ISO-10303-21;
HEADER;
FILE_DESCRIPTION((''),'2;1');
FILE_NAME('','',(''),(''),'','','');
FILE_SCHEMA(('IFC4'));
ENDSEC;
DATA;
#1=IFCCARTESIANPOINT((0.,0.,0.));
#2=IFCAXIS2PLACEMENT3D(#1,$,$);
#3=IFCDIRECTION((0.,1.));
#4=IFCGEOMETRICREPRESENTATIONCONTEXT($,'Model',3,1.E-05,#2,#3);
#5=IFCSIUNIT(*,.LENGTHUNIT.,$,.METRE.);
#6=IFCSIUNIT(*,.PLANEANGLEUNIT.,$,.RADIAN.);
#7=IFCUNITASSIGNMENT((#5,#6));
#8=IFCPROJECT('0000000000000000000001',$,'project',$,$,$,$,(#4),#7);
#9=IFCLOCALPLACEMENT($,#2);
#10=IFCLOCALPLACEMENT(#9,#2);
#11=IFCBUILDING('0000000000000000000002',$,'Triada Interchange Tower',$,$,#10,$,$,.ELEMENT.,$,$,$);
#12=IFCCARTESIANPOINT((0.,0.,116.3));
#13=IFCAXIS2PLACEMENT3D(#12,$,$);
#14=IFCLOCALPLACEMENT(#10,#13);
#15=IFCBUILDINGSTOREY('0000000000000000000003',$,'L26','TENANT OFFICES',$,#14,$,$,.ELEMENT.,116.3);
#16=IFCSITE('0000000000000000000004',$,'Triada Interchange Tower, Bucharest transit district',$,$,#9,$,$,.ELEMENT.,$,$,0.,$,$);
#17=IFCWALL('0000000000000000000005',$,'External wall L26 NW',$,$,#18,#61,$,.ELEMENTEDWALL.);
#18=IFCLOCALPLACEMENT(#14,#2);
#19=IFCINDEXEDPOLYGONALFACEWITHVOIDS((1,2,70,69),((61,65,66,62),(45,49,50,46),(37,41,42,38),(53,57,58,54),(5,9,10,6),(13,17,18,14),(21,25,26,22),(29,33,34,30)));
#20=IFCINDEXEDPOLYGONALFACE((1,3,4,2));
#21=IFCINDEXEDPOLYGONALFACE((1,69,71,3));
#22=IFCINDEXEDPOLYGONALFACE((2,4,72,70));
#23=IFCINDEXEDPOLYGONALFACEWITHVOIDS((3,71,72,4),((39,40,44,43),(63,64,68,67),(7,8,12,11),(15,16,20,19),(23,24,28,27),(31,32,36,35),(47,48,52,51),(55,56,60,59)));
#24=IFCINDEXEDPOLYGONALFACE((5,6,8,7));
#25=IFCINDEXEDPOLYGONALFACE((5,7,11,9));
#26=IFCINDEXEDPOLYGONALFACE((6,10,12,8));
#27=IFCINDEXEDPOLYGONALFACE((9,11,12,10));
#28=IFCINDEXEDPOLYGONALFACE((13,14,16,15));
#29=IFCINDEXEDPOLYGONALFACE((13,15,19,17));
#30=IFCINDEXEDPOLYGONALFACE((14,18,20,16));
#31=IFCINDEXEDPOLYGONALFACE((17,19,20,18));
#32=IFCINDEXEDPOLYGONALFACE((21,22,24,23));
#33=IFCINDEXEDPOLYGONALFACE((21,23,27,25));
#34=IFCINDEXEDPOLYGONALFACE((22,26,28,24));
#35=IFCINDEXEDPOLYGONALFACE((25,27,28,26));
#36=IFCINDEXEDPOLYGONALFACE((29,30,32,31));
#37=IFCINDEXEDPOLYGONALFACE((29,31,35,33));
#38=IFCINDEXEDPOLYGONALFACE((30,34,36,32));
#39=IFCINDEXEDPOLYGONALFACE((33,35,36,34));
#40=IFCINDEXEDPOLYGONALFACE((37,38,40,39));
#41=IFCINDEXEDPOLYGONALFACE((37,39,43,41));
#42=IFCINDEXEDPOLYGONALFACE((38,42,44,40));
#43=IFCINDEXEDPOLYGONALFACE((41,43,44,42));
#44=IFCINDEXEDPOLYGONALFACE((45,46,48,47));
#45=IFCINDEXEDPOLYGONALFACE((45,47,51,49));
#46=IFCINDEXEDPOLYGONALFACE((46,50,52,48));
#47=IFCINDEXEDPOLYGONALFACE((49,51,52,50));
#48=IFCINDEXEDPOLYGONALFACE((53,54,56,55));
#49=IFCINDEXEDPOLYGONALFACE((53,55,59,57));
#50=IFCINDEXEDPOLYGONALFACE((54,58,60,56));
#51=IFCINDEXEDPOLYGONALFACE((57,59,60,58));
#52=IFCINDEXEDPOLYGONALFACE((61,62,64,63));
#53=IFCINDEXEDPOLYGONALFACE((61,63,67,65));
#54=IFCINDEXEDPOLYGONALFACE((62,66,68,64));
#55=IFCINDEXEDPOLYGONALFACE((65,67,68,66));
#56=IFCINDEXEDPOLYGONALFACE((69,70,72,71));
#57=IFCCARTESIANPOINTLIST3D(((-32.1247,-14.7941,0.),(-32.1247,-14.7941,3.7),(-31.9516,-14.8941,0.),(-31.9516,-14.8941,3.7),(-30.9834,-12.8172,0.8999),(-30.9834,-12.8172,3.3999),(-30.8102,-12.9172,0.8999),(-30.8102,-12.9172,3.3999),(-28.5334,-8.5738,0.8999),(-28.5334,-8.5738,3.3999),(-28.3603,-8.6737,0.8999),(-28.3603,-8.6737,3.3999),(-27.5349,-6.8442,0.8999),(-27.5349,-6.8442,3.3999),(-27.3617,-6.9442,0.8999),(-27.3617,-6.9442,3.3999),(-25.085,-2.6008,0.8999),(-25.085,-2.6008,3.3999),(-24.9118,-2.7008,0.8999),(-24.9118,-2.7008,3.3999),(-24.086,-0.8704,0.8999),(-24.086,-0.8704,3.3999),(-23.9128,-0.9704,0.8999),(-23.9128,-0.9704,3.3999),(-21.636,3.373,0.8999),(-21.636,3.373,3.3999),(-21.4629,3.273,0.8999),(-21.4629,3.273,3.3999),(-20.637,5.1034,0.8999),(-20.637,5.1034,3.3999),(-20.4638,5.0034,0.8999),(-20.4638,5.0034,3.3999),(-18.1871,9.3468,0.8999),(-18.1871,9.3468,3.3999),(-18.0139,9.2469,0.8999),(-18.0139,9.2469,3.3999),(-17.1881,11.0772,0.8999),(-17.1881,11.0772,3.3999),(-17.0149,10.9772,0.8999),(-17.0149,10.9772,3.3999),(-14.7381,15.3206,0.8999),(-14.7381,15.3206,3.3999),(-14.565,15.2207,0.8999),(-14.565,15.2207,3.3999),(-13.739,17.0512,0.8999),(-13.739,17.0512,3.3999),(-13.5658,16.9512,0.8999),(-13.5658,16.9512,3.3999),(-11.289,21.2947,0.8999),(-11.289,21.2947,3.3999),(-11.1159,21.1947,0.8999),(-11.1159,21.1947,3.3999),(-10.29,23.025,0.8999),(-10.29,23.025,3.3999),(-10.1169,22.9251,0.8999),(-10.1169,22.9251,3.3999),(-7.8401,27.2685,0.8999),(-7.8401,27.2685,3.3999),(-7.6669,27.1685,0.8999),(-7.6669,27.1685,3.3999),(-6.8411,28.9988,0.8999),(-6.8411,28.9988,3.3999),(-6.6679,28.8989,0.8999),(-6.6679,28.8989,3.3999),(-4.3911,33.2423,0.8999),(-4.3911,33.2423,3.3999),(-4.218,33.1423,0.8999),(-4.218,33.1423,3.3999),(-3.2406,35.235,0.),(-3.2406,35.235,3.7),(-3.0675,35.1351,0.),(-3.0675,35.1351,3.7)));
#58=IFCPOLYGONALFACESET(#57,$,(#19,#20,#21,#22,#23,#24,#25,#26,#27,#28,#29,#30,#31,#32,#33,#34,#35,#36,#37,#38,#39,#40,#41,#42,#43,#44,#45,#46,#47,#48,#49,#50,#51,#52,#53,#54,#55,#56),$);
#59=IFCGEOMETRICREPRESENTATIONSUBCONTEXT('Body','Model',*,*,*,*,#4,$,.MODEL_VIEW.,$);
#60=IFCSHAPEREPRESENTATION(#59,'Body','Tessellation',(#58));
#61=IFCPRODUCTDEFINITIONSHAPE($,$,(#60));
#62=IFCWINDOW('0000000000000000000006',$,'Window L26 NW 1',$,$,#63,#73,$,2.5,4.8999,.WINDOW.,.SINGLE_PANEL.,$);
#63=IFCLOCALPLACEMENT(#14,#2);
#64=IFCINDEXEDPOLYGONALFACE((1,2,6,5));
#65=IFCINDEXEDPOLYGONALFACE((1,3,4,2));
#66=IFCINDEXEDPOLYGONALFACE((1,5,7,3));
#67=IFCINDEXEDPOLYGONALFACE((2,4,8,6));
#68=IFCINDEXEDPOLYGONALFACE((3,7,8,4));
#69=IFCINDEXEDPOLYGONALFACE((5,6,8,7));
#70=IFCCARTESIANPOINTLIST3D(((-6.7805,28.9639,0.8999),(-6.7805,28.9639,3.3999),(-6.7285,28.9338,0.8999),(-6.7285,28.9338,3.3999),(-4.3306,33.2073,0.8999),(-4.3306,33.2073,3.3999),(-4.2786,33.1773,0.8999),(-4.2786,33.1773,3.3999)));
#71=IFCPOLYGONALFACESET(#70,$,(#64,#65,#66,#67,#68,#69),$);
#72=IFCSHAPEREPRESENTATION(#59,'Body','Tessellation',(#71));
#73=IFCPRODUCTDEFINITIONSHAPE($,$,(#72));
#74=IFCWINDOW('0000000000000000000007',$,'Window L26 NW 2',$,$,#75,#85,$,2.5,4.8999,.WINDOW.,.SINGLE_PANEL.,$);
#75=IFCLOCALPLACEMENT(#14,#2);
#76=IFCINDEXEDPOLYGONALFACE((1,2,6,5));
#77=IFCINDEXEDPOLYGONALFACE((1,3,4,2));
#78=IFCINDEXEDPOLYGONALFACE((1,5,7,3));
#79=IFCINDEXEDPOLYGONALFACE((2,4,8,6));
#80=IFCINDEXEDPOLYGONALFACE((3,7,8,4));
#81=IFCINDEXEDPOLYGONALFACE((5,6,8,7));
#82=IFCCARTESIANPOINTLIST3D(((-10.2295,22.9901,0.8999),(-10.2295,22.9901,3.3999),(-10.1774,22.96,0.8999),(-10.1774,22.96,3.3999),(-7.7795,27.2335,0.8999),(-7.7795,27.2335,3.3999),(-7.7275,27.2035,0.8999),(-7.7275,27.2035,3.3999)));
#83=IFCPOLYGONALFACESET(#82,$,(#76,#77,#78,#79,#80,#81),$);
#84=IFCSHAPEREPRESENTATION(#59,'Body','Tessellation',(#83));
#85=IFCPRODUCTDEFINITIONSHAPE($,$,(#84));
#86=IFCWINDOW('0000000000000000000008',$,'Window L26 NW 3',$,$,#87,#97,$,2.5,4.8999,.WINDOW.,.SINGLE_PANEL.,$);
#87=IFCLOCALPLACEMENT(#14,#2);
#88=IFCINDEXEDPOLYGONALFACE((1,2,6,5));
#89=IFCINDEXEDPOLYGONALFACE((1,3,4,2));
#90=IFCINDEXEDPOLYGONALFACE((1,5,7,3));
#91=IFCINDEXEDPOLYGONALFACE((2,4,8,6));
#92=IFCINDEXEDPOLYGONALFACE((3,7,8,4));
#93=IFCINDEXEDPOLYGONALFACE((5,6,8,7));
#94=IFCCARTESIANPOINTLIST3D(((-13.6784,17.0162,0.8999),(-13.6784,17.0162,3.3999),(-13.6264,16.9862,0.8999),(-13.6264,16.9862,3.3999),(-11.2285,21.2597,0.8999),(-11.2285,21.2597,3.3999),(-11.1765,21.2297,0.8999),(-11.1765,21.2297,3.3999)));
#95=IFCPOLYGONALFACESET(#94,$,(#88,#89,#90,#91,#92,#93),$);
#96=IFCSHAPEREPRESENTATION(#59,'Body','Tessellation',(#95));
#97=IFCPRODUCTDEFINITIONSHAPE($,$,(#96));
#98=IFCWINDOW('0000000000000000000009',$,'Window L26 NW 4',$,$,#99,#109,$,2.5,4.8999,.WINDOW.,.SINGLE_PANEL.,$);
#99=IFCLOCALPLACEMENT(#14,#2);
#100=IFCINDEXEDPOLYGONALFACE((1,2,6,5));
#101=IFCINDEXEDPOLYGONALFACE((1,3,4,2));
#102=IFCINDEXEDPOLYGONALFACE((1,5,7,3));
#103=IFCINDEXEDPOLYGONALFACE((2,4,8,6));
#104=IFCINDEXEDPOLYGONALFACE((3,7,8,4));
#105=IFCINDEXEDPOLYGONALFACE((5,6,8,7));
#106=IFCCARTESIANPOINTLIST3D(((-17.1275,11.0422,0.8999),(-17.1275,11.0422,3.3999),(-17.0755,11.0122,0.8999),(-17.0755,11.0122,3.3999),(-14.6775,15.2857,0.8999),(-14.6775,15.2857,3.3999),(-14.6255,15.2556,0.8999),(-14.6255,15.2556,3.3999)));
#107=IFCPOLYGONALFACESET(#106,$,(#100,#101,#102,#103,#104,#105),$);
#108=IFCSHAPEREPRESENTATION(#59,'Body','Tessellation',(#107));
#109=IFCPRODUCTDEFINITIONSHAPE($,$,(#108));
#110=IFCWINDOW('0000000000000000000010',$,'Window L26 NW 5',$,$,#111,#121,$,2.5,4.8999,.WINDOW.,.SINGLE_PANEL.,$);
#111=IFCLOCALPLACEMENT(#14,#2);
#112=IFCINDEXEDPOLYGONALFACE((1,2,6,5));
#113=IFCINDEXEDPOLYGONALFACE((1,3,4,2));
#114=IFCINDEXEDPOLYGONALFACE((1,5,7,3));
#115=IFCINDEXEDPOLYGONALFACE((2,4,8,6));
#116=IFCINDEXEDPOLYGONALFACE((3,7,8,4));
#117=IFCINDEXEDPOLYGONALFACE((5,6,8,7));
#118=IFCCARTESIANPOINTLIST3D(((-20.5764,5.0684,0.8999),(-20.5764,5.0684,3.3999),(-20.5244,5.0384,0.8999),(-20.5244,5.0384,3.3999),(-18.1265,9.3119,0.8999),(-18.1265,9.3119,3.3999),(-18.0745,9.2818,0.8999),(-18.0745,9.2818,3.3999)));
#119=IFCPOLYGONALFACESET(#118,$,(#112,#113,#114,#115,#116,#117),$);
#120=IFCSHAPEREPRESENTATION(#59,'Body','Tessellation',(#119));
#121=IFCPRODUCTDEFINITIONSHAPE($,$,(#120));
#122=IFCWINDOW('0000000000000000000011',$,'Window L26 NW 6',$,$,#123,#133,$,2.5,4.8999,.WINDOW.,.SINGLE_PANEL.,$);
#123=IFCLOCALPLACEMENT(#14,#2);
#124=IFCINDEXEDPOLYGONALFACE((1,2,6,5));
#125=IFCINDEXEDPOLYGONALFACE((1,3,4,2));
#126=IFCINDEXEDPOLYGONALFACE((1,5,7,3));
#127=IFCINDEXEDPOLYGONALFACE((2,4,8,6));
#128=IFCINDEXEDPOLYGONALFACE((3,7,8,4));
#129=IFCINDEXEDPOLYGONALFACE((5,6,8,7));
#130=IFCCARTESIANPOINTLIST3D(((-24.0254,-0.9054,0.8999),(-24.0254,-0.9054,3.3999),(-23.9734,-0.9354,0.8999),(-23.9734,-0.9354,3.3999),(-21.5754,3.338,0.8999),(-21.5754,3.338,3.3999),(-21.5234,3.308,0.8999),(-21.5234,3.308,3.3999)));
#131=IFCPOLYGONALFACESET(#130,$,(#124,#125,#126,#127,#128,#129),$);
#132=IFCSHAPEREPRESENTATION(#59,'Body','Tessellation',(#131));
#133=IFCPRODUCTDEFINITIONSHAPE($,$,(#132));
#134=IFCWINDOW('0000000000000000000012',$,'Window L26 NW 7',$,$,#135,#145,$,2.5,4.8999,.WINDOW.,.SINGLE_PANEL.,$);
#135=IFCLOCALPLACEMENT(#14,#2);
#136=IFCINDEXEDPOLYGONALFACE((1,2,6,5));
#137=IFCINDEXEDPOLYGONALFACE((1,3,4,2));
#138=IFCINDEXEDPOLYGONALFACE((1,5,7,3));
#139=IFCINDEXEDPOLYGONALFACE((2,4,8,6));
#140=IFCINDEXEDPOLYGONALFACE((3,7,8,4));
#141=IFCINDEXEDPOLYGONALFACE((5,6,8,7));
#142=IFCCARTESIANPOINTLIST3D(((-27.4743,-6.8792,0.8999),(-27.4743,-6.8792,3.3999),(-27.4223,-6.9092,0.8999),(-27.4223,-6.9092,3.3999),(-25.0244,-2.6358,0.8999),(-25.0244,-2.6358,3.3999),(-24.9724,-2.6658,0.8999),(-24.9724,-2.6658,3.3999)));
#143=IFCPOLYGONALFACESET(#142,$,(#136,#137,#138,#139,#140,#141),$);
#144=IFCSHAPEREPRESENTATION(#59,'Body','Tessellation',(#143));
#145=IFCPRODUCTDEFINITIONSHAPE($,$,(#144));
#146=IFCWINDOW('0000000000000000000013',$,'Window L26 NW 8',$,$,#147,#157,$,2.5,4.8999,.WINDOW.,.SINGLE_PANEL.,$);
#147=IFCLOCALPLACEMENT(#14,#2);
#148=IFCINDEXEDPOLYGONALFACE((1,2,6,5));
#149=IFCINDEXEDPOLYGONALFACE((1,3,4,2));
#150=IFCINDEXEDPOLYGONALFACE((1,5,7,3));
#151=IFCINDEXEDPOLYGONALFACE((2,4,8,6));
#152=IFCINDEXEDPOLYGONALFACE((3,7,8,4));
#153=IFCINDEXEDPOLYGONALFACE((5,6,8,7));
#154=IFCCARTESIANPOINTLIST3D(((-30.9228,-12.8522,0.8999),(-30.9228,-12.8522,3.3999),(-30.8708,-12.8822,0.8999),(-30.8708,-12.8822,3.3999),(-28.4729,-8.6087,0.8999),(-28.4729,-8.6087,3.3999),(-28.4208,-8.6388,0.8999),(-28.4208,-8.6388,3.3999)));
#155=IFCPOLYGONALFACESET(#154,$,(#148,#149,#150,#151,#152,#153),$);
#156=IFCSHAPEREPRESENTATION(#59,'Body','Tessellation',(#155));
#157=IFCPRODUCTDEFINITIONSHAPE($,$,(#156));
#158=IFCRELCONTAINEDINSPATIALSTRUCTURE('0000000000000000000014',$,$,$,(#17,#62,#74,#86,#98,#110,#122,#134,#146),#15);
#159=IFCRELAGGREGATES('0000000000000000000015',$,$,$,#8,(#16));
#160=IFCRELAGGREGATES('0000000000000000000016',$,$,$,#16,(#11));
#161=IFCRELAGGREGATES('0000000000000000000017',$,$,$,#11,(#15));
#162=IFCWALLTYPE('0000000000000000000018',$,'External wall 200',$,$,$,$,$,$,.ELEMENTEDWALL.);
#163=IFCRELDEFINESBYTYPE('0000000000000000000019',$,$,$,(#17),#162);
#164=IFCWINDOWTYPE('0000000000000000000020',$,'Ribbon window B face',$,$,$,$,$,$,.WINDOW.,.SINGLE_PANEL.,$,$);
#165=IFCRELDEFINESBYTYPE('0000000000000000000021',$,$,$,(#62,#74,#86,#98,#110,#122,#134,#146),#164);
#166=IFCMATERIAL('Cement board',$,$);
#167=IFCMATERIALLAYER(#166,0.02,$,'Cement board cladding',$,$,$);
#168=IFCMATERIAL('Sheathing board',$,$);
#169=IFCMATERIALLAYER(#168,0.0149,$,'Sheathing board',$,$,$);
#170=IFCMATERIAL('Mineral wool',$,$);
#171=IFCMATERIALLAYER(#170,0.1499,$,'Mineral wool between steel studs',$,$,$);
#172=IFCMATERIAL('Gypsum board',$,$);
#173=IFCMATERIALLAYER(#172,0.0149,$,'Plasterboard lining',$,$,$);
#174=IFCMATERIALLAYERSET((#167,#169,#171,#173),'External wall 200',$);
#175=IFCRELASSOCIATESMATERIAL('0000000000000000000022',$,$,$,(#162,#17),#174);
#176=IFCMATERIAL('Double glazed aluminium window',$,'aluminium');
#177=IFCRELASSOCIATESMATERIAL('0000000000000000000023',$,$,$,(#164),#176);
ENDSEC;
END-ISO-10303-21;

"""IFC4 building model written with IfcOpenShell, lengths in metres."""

from ifc_helpers import new_model, si_unit, direction, frame, frame_2d, origin, place, context, subcontext, project, spatial, rectangle, extrude, material, layer, layer_set, layer_usage, type_object, element, fill, save


model = new_model("IFC4")

# Units and contexts
model_context = context("Model", 3, precision=1e-05, world=origin(), true_north=direction((0.0, 1.0)))
body_context = subcontext(model_context, "Body", "Model", "MODEL_VIEW")
ifc_project = project(units=[si_unit("LENGTHUNIT", "METRE"), si_unit("PLANEANGLEUNIT", "RADIAN")], contexts=[model_context])

# Site, building, storey
site_placement = place(None, origin())
site = spatial("IfcSite", under=ifc_project, at=site_placement, Name="Triada Interchange Tower, Bucharest transit district", CompositionType="ELEMENT", RefElevation=0.0)
building_placement = place(site_placement, origin())
building = spatial("IfcBuilding", under=site, at=building_placement, Name="Triada Interchange Tower", CompositionType="ELEMENT")
storey_placement = place(building_placement, frame((0.0, 0.0, 116.3)))
storey = spatial("IfcBuildingStorey", under=building, at=storey_placement, Name="L26", Description="TENANT OFFICES", CompositionType="ELEMENT", Elevation=116.3)

# Wall, openings, windows
ifc_material_1 = material(Name="Cement board")
ifc_layer_1 = layer(ifc_material_1, 0.02, Name="Cement board cladding")
ifc_material_2 = material(Name="Sheathing board")
ifc_layer_2 = layer(ifc_material_2, 0.0149, Name="Sheathing board")
ifc_material_3 = material(Name="Mineral wool")
ifc_layer_3 = layer(ifc_material_3, 0.1499, Name="Mineral wool between steel studs")
ifc_material_4 = material(Name="Gypsum board")
ifc_layer_4 = layer(ifc_material_4, 0.0149, Name="Plasterboard lining")
ifc_layer_set_1 = layer_set([ifc_layer_1, ifc_layer_2, ifc_layer_3, ifc_layer_4], Name="External wall 200")
ifc_layer_usage = layer_usage(ifc_layer_set_1, "AXIS2", "POSITIVE", -0.1001)
wall_type_1 = type_object("IfcWallType", Name="External wall 200", PredefinedType="ELEMENTEDWALL", material=ifc_layer_set_1)
wall_1_placement = place(storey_placement, frame((-3.1541, 35.1851, 0.0), z_axis=(0.0, 0.0, 1.0), x_axis=(-0.499997, -0.866027, 0.0)))
wall_1 = element("IfcWall", 1, at=wall_1_placement, inside=storey, type_object=wall_type_1, material=ifc_layer_usage, Name="External wall L26 NW", PredefinedType="ELEMENTEDWALL", context=body_context, shape_type="SweptSolid", body=[
    extrude(rectangle(XDim=57.7686, YDim=0.2, at=frame_2d((28.8843, 0.0))), origin(), (0.0, 0.0, 1.0), 3.7),
])
opening_1_placement = place(wall_1_placement, frame((2.301, 0.0, 0.8999)))
opening_1 = element("IfcOpeningElement", 2, at=opening_1_placement, cuts=wall_1, PredefinedType="OPENING", context=body_context, shape_type="SweptSolid", body=[
    extrude(rectangle(XDim=4.8999, YDim=2.5, at=frame_2d((2.45, 1.25))), frame((0.0, 0.1099, 0.0), z_axis=(0.0, -1.0, 0.0), x_axis=(1.0, 0.0, 0.0)), (0.0, 0.0, 1.0), 0.22),
])
opening_2_placement = place(wall_1_placement, frame((9.199, 0.0, 0.8999)))
opening_2 = element("IfcOpeningElement", 3, at=opening_2_placement, cuts=wall_1, PredefinedType="OPENING", context=body_context, shape_type="SweptSolid", body=[
    extrude(rectangle(XDim=4.8999, YDim=2.5, at=frame_2d((2.45, 1.25))), frame((0.0, 0.1099, 0.0), z_axis=(0.0, -1.0, 0.0), x_axis=(1.0, 0.0, 0.0)), (0.0, 0.0, 1.0), 0.22),
])
opening_3_placement = place(wall_1_placement, frame((16.0969, 0.0, 0.8999)))
opening_3 = element("IfcOpeningElement", 4, at=opening_3_placement, cuts=wall_1, PredefinedType="OPENING", context=body_context, shape_type="SweptSolid", body=[
    extrude(rectangle(XDim=4.8999, YDim=2.5, at=frame_2d((2.45, 1.25))), frame((0.0, 0.1099, 0.0), z_axis=(0.0, -1.0, 0.0), x_axis=(1.0, 0.0, 0.0)), (0.0, 0.0, 1.0), 0.22),
])
opening_4_placement = place(wall_1_placement, frame((22.9951, 0.0, 0.8999)))
opening_4 = element("IfcOpeningElement", 5, at=opening_4_placement, cuts=wall_1, PredefinedType="OPENING", context=body_context, shape_type="SweptSolid", body=[
    extrude(rectangle(XDim=4.8999, YDim=2.5, at=frame_2d((2.45, 1.25))), frame((0.0, 0.1099, 0.0), z_axis=(0.0, -1.0, 0.0), x_axis=(1.0, 0.0, 0.0)), (0.0, 0.0, 1.0), 0.22),
])
opening_5_placement = place(wall_1_placement, frame((29.8931, 0.0, 0.8999)))
opening_5 = element("IfcOpeningElement", 6, at=opening_5_placement, cuts=wall_1, PredefinedType="OPENING", context=body_context, shape_type="SweptSolid", body=[
    extrude(rectangle(XDim=4.8999, YDim=2.5, at=frame_2d((2.45, 1.25))), frame((0.0, 0.1099, 0.0), z_axis=(0.0, -1.0, 0.0), x_axis=(1.0, 0.0, 0.0)), (0.0, 0.0, 1.0), 0.22),
])
opening_6_placement = place(wall_1_placement, frame((36.791, 0.0, 0.8999)))
opening_6 = element("IfcOpeningElement", 7, at=opening_6_placement, cuts=wall_1, PredefinedType="OPENING", context=body_context, shape_type="SweptSolid", body=[
    extrude(rectangle(XDim=4.8999, YDim=2.5, at=frame_2d((2.45, 1.25))), frame((0.0, 0.1099, 0.0), z_axis=(0.0, -1.0, 0.0), x_axis=(1.0, 0.0, 0.0)), (0.0, 0.0, 1.0), 0.22),
])
opening_7_placement = place(wall_1_placement, frame((43.689, 0.0, 0.8999)))
opening_7 = element("IfcOpeningElement", 8, at=opening_7_placement, cuts=wall_1, PredefinedType="OPENING", context=body_context, shape_type="SweptSolid", body=[
    extrude(rectangle(XDim=4.8999, YDim=2.5, at=frame_2d((2.45, 1.25))), frame((0.0, 0.1099, 0.0), z_axis=(0.0, -1.0, 0.0), x_axis=(1.0, 0.0, 0.0)), (0.0, 0.0, 1.0), 0.22),
])
opening_8_placement = place(wall_1_placement, frame((50.5859, 0.0, 0.8999)))
opening_8 = element("IfcOpeningElement", 9, at=opening_8_placement, cuts=wall_1, PredefinedType="OPENING", context=body_context, shape_type="SweptSolid", body=[
    extrude(rectangle(XDim=4.8999, YDim=2.5, at=frame_2d((2.45, 1.25))), frame((0.0, 0.1099, 0.0), z_axis=(0.0, -1.0, 0.0), x_axis=(1.0, 0.0, 0.0)), (0.0, 0.0, 1.0), 0.22),
])
ifc_material_5 = material(Name="Double glazed aluminium window", Category="aluminium")
window_type = type_object("IfcWindowType", Name="Ribbon window B face", PartitioningType="SINGLE_PANEL", PredefinedType="WINDOW", material=ifc_material_5)
window_1_placement = place(opening_1_placement, origin())
window_1 = element("IfcWindow", 10, at=window_1_placement, inside=storey, type_object=window_type, Name="Window L26 NW 1", OverallHeight=2.5, OverallWidth=4.8999, PartitioningType="SINGLE_PANEL", PredefinedType="WINDOW", context=body_context, shape_type="SweptSolid", body=[
    extrude(rectangle(XDim=4.8999, YDim=2.5, at=frame_2d((2.45, 1.25))), frame((0.0, 0.03, 0.0), z_axis=(0.0, -1.0, 0.0), x_axis=(1.0, 0.0, 0.0)), (0.0, 0.0, 1.0), 0.0601),
])
fill(opening_1, window_1)
window_2_placement = place(opening_2_placement, origin())
window_2 = element("IfcWindow", 11, at=window_2_placement, inside=storey, type_object=window_type, Name="Window L26 NW 2", OverallHeight=2.5, OverallWidth=4.8999, PartitioningType="SINGLE_PANEL", PredefinedType="WINDOW", context=body_context, shape_type="SweptSolid", body=[
    extrude(rectangle(XDim=4.8999, YDim=2.5, at=frame_2d((2.45, 1.25))), frame((0.0, 0.03, 0.0), z_axis=(0.0, -1.0, 0.0), x_axis=(1.0, 0.0, 0.0)), (0.0, 0.0, 1.0), 0.0601),
])
fill(opening_2, window_2)
window_3_placement = place(opening_3_placement, origin())
window_3 = element("IfcWindow", 12, at=window_3_placement, inside=storey, type_object=window_type, Name="Window L26 NW 3", OverallHeight=2.5, OverallWidth=4.8999, PartitioningType="SINGLE_PANEL", PredefinedType="WINDOW", context=body_context, shape_type="SweptSolid", body=[
    extrude(rectangle(XDim=4.8999, YDim=2.5, at=frame_2d((2.45, 1.25))), frame((0.0, 0.03, 0.0), z_axis=(0.0, -1.0, 0.0), x_axis=(1.0, 0.0, 0.0)), (0.0, 0.0, 1.0), 0.0601),
])
fill(opening_3, window_3)
window_4_placement = place(opening_4_placement, origin())
window_4 = element("IfcWindow", 13, at=window_4_placement, inside=storey, type_object=window_type, Name="Window L26 NW 4", OverallHeight=2.5, OverallWidth=4.8999, PartitioningType="SINGLE_PANEL", PredefinedType="WINDOW", context=body_context, shape_type="SweptSolid", body=[
    extrude(rectangle(XDim=4.8999, YDim=2.5, at=frame_2d((2.45, 1.25))), frame((0.0, 0.03, 0.0), z_axis=(0.0, -1.0, 0.0), x_axis=(1.0, 0.0, 0.0)), (0.0, 0.0, 1.0), 0.0601),
])
fill(opening_4, window_4)
window_5_placement = place(opening_5_placement, origin())
window_5 = element("IfcWindow", 14, at=window_5_placement, inside=storey, type_object=window_type, Name="Window L26 NW 5", OverallHeight=2.5, OverallWidth=4.8999, PartitioningType="SINGLE_PANEL", PredefinedType="WINDOW", context=body_context, shape_type="SweptSolid", body=[
    extrude(rectangle(XDim=4.8999, YDim=2.5, at=frame_2d((2.45, 1.25))), frame((0.0, 0.03, 0.0), z_axis=(0.0, -1.0, 0.0), x_axis=(1.0, 0.0, 0.0)), (0.0, 0.0, 1.0), 0.0601),
])
fill(opening_5, window_5)
window_6_placement = place(opening_6_placement, origin())
window_6 = element("IfcWindow", 15, at=window_6_placement, inside=storey, type_object=window_type, Name="Window L26 NW 6", OverallHeight=2.5, OverallWidth=4.8999, PartitioningType="SINGLE_PANEL", PredefinedType="WINDOW", context=body_context, shape_type="SweptSolid", body=[
    extrude(rectangle(XDim=4.8999, YDim=2.5, at=frame_2d((2.45, 1.25))), frame((0.0, 0.03, 0.0), z_axis=(0.0, -1.0, 0.0), x_axis=(1.0, 0.0, 0.0)), (0.0, 0.0, 1.0), 0.0601),
])
fill(opening_6, window_6)
window_7_placement = place(opening_7_placement, origin())
window_7 = element("IfcWindow", 16, at=window_7_placement, inside=storey, type_object=window_type, Name="Window L26 NW 7", OverallHeight=2.5, OverallWidth=4.8999, PartitioningType="SINGLE_PANEL", PredefinedType="WINDOW", context=body_context, shape_type="SweptSolid", body=[
    extrude(rectangle(XDim=4.8999, YDim=2.5, at=frame_2d((2.45, 1.25))), frame((0.0, 0.03, 0.0), z_axis=(0.0, -1.0, 0.0), x_axis=(1.0, 0.0, 0.0)), (0.0, 0.0, 1.0), 0.0601),
])
fill(opening_7, window_7)
window_8_placement = place(opening_8_placement, origin())
window_8 = element("IfcWindow", 17, at=window_8_placement, inside=storey, type_object=window_type, Name="Window L26 NW 8", OverallHeight=2.5, OverallWidth=4.8999, PartitioningType="SINGLE_PANEL", PredefinedType="WINDOW", context=body_context, shape_type="SweptSolid", body=[
    extrude(rectangle(XDim=4.8999, YDim=2.5, at=frame_2d((2.45, 1.25))), frame((0.0, 0.03, 0.0), z_axis=(0.0, -1.0, 0.0), x_axis=(1.0, 0.0, 0.0)), (0.0, 0.0, 1.0), 0.0601),
])
fill(opening_8, window_8)

save(model, "model.ifc")
